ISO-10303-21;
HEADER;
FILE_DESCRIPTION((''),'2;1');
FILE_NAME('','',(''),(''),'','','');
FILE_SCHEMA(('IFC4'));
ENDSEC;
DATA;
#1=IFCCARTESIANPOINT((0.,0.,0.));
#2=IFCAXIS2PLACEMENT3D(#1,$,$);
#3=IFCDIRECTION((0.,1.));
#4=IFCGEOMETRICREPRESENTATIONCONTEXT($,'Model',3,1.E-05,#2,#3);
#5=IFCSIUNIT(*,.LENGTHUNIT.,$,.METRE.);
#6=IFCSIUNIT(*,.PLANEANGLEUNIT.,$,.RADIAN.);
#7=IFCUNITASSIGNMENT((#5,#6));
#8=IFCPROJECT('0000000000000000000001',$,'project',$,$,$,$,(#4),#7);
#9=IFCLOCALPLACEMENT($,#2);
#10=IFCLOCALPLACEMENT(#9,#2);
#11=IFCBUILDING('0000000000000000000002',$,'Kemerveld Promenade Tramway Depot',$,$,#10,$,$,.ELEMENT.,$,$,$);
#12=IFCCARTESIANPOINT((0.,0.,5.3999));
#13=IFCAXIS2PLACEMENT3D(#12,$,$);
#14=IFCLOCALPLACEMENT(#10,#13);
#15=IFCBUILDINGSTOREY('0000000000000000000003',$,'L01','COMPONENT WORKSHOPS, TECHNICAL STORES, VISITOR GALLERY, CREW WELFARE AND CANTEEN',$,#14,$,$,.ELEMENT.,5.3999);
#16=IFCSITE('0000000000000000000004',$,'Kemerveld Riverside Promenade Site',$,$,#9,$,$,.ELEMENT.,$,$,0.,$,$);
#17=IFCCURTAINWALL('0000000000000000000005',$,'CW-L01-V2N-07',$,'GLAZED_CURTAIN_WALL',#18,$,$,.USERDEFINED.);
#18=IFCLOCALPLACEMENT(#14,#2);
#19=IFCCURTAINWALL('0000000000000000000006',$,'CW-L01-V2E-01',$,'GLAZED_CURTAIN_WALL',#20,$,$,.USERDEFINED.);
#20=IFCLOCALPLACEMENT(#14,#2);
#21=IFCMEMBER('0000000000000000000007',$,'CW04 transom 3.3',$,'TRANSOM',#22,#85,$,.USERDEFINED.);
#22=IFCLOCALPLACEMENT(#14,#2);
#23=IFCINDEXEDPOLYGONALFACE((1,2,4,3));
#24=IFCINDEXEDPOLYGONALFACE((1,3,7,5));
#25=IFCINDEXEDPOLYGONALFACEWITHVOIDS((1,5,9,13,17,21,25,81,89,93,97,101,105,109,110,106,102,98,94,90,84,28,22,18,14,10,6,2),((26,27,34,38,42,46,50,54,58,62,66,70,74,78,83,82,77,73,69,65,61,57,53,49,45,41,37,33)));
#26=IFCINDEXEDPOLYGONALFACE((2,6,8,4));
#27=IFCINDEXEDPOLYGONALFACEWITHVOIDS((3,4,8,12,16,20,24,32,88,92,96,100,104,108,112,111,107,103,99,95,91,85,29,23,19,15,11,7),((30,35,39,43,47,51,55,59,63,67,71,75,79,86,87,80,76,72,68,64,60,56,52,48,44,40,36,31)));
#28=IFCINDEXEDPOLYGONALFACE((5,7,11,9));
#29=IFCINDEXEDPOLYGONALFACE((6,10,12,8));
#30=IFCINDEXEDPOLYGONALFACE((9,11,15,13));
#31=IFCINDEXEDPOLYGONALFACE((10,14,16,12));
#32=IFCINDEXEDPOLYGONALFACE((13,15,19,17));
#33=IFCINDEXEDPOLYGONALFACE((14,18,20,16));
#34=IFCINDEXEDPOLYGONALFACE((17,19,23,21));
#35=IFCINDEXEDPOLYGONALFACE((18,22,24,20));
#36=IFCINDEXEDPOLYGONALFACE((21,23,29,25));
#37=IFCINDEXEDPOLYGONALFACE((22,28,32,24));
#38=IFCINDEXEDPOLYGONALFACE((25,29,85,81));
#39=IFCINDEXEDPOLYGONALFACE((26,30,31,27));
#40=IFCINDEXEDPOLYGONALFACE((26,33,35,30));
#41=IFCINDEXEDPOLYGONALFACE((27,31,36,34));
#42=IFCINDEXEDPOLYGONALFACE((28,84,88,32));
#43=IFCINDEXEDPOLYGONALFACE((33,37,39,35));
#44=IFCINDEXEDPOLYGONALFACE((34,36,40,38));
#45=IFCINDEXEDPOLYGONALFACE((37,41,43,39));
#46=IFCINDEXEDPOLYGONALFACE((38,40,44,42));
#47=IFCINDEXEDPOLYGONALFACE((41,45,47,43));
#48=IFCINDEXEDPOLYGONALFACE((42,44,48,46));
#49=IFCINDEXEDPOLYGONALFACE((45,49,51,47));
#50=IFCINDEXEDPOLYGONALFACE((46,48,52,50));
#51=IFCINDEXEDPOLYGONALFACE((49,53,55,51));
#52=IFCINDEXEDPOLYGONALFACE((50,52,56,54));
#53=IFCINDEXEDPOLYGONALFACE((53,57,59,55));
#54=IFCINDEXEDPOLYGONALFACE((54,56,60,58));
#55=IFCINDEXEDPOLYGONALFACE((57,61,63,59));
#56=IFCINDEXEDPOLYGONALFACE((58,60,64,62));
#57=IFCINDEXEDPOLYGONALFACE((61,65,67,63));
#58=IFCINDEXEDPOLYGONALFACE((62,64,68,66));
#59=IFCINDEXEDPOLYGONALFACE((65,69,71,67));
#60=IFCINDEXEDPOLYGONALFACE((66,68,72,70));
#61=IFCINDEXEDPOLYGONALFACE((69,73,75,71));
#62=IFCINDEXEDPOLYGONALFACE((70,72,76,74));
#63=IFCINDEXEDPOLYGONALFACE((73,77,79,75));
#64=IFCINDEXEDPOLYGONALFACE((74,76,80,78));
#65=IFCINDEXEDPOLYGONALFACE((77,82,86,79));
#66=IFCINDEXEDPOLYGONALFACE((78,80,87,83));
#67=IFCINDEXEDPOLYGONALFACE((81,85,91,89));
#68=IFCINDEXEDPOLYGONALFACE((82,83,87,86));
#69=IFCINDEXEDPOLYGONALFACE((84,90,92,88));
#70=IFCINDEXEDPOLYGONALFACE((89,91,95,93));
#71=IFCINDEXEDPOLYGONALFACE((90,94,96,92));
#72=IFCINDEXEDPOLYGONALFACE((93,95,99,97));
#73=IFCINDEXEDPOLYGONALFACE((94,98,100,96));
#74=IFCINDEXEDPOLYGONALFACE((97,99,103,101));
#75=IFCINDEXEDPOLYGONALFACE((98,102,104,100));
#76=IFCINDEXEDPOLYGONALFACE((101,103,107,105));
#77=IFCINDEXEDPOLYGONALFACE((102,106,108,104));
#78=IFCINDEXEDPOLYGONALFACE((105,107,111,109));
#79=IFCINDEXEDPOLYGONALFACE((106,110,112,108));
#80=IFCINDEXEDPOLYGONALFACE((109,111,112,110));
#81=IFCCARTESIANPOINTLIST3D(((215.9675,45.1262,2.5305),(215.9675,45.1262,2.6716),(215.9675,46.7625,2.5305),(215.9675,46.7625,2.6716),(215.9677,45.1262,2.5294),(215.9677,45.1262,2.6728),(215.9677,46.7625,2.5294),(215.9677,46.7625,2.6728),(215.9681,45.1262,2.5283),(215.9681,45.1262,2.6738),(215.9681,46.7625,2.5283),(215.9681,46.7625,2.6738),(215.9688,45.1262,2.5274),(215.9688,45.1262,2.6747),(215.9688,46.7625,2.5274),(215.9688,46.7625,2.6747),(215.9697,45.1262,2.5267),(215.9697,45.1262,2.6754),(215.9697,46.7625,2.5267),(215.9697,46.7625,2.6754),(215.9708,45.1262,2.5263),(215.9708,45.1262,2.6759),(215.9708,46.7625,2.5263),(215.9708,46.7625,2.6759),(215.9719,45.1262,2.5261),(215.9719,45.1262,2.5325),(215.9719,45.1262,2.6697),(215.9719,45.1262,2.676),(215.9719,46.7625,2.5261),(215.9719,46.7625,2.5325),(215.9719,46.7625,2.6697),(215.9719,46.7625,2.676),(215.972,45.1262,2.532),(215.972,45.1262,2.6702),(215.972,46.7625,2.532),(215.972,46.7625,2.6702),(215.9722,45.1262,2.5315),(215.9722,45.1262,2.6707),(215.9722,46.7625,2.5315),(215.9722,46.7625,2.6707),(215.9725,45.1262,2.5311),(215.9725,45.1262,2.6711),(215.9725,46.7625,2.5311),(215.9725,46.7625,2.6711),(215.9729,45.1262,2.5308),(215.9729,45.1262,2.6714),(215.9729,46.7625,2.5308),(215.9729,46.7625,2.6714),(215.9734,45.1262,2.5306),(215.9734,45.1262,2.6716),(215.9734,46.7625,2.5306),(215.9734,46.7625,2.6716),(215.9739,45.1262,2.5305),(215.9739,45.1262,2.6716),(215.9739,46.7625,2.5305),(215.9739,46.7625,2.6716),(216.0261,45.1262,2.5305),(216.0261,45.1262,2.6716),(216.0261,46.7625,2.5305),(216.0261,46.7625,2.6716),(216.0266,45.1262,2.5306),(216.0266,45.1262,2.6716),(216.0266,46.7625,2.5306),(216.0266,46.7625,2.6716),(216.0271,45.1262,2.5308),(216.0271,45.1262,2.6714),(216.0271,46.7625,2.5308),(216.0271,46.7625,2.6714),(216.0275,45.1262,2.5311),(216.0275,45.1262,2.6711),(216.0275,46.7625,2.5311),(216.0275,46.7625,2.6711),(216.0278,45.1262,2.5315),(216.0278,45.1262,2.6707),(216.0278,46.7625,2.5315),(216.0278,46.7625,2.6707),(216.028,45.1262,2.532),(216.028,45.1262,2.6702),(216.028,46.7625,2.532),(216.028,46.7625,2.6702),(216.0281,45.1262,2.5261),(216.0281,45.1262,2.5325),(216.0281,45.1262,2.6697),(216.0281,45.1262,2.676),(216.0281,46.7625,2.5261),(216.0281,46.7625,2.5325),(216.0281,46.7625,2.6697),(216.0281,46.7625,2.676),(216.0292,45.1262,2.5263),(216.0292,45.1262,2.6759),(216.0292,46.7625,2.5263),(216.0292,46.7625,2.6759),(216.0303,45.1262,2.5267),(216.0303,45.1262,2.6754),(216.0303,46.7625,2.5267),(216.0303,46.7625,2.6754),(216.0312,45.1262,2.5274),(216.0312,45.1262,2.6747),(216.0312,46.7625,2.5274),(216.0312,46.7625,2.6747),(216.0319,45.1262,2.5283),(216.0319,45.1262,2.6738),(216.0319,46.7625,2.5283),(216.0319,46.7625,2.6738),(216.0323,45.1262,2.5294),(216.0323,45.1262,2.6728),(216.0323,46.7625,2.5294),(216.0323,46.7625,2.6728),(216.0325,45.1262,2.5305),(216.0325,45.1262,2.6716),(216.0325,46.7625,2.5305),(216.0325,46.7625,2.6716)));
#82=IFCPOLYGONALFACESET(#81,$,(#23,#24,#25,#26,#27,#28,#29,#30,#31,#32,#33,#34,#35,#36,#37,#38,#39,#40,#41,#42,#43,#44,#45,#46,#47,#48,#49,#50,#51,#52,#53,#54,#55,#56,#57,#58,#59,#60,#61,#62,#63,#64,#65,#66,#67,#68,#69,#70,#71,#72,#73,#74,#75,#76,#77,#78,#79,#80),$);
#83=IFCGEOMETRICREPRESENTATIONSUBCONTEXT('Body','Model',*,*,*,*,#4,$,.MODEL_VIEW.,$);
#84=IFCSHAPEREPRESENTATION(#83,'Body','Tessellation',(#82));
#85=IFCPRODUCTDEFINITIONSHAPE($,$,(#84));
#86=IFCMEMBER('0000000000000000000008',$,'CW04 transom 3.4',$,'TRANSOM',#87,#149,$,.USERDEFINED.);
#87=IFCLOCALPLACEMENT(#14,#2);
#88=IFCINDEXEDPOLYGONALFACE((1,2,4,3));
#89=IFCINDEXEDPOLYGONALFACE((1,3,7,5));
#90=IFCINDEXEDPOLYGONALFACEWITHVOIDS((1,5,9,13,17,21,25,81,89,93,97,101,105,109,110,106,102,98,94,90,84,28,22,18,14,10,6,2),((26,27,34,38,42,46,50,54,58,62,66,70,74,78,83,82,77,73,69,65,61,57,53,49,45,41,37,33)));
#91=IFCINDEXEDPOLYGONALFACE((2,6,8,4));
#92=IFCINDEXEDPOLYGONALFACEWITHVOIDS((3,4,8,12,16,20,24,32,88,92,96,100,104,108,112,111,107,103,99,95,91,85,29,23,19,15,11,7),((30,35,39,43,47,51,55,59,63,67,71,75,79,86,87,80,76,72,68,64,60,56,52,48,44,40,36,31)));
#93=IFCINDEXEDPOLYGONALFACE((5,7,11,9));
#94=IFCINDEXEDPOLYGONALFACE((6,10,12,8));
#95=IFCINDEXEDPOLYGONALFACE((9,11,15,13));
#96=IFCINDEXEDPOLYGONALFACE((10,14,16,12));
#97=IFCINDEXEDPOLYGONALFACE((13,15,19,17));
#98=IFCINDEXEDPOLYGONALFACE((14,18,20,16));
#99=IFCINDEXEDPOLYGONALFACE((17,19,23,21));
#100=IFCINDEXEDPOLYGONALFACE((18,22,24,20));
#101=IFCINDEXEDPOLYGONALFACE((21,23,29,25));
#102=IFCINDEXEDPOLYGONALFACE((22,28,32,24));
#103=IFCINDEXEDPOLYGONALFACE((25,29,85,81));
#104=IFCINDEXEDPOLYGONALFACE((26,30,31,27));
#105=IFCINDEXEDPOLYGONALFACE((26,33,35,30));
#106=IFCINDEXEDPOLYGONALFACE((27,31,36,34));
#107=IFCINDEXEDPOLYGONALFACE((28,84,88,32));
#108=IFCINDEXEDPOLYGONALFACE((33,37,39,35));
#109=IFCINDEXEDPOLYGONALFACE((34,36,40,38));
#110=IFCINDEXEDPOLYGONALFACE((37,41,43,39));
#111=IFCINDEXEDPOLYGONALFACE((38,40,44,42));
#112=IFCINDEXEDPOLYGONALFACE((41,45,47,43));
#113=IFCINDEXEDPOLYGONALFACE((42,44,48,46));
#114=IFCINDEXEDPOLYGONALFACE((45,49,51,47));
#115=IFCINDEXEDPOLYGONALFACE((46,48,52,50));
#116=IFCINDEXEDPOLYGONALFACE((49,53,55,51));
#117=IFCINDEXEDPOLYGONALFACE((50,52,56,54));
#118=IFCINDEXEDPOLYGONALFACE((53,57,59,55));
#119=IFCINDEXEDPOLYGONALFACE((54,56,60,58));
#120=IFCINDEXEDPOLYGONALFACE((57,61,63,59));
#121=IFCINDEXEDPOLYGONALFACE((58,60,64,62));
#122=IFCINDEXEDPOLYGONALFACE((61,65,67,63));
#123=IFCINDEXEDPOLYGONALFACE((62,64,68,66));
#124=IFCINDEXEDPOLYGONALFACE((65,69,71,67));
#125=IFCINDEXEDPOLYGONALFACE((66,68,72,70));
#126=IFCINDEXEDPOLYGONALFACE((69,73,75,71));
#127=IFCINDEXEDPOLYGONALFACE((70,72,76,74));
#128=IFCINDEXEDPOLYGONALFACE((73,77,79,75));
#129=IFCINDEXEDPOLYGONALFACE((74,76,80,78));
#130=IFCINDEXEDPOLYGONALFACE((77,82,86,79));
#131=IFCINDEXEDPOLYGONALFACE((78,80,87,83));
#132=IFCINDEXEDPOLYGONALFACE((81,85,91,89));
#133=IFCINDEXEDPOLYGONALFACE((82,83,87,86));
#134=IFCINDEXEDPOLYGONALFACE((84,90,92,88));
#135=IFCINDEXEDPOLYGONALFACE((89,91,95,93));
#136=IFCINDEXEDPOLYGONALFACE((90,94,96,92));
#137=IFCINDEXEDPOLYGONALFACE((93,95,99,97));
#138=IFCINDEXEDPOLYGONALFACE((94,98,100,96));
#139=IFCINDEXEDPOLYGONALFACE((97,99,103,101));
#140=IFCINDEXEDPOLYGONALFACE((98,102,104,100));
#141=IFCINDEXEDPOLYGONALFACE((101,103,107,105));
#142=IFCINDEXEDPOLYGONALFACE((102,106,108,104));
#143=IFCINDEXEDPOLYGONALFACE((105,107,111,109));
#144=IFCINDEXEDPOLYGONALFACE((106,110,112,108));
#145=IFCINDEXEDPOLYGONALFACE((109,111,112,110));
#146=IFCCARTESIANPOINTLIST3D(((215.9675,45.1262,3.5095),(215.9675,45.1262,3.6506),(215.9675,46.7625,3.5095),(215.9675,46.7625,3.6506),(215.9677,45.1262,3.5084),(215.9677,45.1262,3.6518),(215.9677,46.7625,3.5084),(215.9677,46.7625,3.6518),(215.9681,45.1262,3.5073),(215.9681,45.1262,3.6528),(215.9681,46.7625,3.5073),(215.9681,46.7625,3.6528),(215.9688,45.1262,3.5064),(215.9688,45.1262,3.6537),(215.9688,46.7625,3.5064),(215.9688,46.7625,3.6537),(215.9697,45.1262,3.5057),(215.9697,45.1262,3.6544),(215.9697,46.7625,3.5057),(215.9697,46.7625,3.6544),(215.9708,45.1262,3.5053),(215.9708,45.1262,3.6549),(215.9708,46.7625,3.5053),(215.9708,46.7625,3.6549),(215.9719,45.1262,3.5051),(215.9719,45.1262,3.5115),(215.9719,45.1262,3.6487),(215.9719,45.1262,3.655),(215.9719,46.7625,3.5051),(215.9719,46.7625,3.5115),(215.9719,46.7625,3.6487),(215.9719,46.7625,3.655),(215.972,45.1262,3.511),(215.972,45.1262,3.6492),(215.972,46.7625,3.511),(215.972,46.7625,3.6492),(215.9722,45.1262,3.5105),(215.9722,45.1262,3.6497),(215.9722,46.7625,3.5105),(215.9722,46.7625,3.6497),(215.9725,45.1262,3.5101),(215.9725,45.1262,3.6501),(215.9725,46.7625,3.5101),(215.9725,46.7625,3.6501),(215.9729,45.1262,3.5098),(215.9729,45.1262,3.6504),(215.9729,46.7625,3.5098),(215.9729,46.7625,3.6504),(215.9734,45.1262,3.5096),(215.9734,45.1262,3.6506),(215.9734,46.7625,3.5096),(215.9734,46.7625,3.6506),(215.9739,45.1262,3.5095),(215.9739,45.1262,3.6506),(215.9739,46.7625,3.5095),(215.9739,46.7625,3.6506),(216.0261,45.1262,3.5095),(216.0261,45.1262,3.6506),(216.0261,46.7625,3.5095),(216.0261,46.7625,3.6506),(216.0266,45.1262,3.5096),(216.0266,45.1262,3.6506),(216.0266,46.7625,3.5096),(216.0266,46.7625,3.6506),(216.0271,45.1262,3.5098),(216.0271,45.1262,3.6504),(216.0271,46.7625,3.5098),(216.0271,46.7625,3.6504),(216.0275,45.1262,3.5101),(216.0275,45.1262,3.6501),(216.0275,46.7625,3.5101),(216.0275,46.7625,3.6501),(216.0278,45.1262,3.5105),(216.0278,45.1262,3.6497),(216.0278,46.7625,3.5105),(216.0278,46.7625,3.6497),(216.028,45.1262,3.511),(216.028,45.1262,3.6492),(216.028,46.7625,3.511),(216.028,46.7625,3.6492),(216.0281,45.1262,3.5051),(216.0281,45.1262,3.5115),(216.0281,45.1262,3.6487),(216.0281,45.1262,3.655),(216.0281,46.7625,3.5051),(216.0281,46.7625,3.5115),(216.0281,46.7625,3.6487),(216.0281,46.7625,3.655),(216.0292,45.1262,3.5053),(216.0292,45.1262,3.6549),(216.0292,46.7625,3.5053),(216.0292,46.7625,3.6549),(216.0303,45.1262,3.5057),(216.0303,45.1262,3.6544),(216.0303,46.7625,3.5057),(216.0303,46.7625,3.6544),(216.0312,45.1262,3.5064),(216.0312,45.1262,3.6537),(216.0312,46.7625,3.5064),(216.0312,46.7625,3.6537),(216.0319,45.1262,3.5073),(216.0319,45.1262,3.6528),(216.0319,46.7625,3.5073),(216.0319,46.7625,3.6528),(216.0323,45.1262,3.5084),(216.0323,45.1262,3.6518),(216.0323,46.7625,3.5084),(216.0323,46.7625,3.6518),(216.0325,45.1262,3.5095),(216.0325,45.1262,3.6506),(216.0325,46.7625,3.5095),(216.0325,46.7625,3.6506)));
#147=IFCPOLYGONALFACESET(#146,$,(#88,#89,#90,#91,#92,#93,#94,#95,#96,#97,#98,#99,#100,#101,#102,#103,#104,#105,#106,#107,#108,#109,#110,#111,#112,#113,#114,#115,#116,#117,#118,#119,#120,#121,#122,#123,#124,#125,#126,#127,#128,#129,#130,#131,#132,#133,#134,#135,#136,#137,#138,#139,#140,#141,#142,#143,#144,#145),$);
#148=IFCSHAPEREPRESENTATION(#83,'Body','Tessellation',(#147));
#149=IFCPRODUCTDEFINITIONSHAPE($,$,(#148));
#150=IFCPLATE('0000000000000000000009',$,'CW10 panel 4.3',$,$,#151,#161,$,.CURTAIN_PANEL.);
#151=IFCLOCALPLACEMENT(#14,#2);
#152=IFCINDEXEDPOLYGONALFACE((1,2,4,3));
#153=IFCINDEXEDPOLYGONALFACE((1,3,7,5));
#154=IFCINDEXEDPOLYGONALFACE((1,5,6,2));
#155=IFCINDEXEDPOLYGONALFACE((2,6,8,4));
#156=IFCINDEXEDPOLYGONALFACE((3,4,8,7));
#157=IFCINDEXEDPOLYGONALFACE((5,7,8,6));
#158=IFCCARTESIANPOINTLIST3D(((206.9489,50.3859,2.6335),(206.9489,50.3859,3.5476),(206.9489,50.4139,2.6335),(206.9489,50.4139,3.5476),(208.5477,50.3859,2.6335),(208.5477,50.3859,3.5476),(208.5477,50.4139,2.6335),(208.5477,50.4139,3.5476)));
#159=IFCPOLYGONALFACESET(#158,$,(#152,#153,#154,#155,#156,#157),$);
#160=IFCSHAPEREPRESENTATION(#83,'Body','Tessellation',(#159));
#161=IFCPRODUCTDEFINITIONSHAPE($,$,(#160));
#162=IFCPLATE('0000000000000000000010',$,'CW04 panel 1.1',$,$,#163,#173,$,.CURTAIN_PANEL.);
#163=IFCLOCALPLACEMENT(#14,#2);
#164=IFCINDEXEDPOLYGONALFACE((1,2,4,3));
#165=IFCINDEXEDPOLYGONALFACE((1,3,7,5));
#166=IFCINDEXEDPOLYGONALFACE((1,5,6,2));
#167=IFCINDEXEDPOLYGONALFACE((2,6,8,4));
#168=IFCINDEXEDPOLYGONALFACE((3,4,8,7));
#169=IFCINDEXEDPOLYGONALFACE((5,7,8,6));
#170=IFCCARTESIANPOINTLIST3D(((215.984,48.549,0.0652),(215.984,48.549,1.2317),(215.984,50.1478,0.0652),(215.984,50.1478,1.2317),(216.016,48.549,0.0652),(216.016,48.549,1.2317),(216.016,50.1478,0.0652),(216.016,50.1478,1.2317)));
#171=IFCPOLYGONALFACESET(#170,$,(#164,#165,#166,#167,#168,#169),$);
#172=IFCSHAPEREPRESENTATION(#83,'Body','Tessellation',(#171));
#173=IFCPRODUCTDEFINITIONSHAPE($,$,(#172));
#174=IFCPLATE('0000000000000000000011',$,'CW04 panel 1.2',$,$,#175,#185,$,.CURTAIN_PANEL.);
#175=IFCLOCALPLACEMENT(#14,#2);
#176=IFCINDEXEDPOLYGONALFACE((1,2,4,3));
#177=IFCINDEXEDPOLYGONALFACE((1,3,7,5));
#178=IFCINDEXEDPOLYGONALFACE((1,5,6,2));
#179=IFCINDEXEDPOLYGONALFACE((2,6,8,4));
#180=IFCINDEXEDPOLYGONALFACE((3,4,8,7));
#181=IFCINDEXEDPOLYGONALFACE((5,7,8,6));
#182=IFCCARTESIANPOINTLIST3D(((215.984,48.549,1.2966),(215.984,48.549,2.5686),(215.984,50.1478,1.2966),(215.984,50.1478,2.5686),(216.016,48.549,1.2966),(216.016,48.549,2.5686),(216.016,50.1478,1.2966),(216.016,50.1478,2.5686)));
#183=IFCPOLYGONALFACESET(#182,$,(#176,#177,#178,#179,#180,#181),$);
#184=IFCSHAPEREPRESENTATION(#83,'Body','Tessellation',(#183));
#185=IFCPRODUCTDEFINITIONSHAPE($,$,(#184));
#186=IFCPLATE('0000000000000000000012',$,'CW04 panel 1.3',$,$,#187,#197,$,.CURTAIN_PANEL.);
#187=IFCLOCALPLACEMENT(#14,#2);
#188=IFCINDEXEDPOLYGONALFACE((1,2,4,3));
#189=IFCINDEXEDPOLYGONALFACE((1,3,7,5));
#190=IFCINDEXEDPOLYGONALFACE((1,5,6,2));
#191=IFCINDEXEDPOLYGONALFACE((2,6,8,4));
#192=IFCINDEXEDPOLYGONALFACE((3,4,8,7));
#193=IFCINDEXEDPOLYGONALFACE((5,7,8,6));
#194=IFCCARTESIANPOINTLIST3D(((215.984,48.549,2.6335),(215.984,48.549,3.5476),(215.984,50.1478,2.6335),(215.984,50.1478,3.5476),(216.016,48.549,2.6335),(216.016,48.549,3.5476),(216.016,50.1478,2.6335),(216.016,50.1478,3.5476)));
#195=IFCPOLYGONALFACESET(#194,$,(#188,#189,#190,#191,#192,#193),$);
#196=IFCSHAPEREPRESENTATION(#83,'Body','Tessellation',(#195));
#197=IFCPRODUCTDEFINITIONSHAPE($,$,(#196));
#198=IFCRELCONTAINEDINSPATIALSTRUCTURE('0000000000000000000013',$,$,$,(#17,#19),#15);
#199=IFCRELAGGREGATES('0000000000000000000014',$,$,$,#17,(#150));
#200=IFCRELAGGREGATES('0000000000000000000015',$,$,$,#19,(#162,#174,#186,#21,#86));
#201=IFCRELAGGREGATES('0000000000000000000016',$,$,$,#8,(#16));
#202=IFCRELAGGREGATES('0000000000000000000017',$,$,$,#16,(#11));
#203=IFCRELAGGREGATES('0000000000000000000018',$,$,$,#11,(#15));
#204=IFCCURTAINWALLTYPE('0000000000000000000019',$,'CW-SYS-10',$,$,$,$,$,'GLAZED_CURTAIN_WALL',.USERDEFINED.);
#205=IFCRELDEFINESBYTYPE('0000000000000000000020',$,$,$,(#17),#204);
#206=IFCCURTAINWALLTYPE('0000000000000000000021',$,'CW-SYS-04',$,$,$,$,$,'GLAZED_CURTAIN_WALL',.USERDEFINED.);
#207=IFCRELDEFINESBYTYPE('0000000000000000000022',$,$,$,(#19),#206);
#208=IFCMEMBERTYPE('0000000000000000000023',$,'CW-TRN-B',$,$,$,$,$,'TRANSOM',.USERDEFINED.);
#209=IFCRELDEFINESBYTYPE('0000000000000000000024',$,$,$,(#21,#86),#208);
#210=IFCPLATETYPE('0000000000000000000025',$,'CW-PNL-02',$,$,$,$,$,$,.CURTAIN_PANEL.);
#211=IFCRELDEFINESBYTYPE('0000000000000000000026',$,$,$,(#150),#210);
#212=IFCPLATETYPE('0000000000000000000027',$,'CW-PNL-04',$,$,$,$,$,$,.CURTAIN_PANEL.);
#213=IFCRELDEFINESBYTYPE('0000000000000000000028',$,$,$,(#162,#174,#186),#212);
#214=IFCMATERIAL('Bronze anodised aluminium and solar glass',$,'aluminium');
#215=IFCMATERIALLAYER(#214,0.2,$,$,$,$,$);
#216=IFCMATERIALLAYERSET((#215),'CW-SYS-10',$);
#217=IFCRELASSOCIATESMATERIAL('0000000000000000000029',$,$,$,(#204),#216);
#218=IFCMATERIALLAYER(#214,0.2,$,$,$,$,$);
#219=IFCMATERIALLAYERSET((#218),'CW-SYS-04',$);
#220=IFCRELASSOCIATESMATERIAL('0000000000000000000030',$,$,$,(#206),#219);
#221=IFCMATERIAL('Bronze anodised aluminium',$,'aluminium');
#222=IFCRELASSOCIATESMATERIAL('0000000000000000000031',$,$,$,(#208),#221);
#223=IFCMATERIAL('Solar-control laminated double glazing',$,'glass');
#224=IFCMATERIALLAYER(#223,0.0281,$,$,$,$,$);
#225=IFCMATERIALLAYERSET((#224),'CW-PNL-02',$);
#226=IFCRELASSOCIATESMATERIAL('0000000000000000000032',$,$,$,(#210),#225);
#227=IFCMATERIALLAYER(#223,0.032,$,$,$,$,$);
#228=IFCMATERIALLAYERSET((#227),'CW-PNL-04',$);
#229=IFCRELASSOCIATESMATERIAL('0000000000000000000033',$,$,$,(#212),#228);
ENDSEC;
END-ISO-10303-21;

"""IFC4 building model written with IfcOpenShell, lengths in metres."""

from ifc_helpers import new_model, si_unit, direction, frame, origin, origin_2d, place, context, subcontext, project, spatial, rectangle, hollow_rectangle, extrude, material, layer, layer_set, material_profile, profile_set, type_object, element, aggregate, save


model = new_model("IFC4")

# Units and contexts
model_context = context("Model", 3, precision=1e-05, world=origin(), true_north=direction((0.0, 1.0)))
body_context = subcontext(model_context, "Body", "Model", "MODEL_VIEW")
ifc_project = project(units=[si_unit("LENGTHUNIT", "METRE"), si_unit("PLANEANGLEUNIT", "RADIAN")], contexts=[model_context])

# Site, building, storey
site_placement = place(None, origin())
site = spatial("IfcSite", under=ifc_project, at=site_placement, Name="Kemerveld Riverside Promenade Site", CompositionType="ELEMENT", RefElevation=0.0)
building_placement = place(site_placement, origin())
building = spatial("IfcBuilding", under=site, at=building_placement, Name="Kemerveld Promenade Tramway Depot", CompositionType="ELEMENT")
storey_placement = place(building_placement, frame((0.0, 0.0, 5.3999)))
storey = spatial("IfcBuildingStorey", under=building, at=storey_placement, Name="L01", Description="COMPONENT WORKSHOPS, TECHNICAL STORES, VISITOR GALLERY, CREW WELFARE AND CANTEEN", CompositionType="ELEMENT", Elevation=5.3999)

# Curtain wall
ifc_material_1 = material(Name="Bronze anodised aluminium and solar glass", Category="aluminium")
ifc_layer_1 = layer(ifc_material_1, 0.2)
ifc_layer_set_1 = layer_set([ifc_layer_1], Name="CW-SYS-10")
curtain_wall_type_1 = type_object("IfcCurtainWallType", Name="CW-SYS-10", ElementType="GLAZED_CURTAIN_WALL", PredefinedType="USERDEFINED", material=ifc_layer_set_1)
curtain_wall_1_placement = place(storey_placement, origin())
curtain_wall_1 = element("IfcCurtainWall", 1, at=curtain_wall_1_placement, inside=storey, type_object=curtain_wall_type_1, Name="CW-L01-V2N-07", ObjectType="GLAZED_CURTAIN_WALL", PredefinedType="USERDEFINED")
ifc_material_2 = material(Name="Bronze anodised aluminium", Category="aluminium")

# Curtain wall, members
ifc_layer_2 = layer(ifc_material_1, 0.2)
ifc_layer_set_2 = layer_set([ifc_layer_2], Name="CW-SYS-04")
curtain_wall_type_2 = type_object("IfcCurtainWallType", Name="CW-SYS-04", ElementType="GLAZED_CURTAIN_WALL", PredefinedType="USERDEFINED", material=ifc_layer_set_2)
curtain_wall_2_placement = place(storey_placement, origin())
curtain_wall_2 = element("IfcCurtainWall", 2, at=curtain_wall_2_placement, inside=storey, type_object=curtain_wall_type_2, Name="CW-L01-V2E-01", ObjectType="GLAZED_CURTAIN_WALL", PredefinedType="USERDEFINED")
ifc_material_profile_1 = material_profile(ifc_material_2, hollow_rectangle(XDim=0.0649, YDim=0.1499, WallThickness=0.0044, InnerFilletRadius=0.002, OuterFilletRadius=0.0044, at=origin_2d()), Name="CW-TRN-150x65")
ifc_profile_set_1 = profile_set([ifc_material_profile_1], Name="Bronze anodised aluminium")
member_type_1 = type_object("IfcMemberType", Name="CW-TRN-B", ElementType="TRANSOM", PredefinedType="USERDEFINED", material=ifc_profile_set_1)
member_1_placement = place(storey_placement, frame((216.0, 46.7625, 2.6011), z_axis=(0.0, -1.0, 0.0), x_axis=(1.0, 0.0, 0.0)))
member_1 = element("IfcMember", 3, at=member_1_placement, type_object=member_type_1, Name="CW04 transom 3.3", ObjectType="TRANSOM", PredefinedType="USERDEFINED", context=body_context, shape_type="SweptSolid", body=[
    extrude(hollow_rectangle(XDim=0.0649, YDim=0.1499, WallThickness=0.0044, InnerFilletRadius=0.002, OuterFilletRadius=0.0044, at=origin_2d()), origin(), (0.0, 0.0, 1.0), 1.6362),
])
member_2_placement = place(storey_placement, frame((216.0, 46.7625, 3.5801), z_axis=(0.0, -1.0, 0.0), x_axis=(1.0, 0.0, 0.0)))
member_2 = element("IfcMember", 4, at=member_2_placement, type_object=member_type_1, Name="CW04 transom 3.4", ObjectType="TRANSOM", PredefinedType="USERDEFINED", context=body_context, shape_type="SweptSolid", body=[
    extrude(hollow_rectangle(XDim=0.0649, YDim=0.1499, WallThickness=0.0044, InnerFilletRadius=0.002, OuterFilletRadius=0.0044, at=origin_2d()), origin(), (0.0, 0.0, 1.0), 1.6362),
])

# Plates
ifc_material_3 = material(Name="Solar-control laminated double glazing", Category="glass")
ifc_layer_3 = layer(ifc_material_3, 0.0281)
ifc_layer_set_3 = layer_set([ifc_layer_3], Name="CW-PNL-02")
plate_type_1 = type_object("IfcPlateType", Name="CW-PNL-02", PredefinedType="CURTAIN_PANEL", material=ifc_layer_set_3)
plate_1_placement = place(storey_placement, frame((207.7483, 50.3999, 2.6335), z_axis=(0.0, 0.0, 1.0), x_axis=(1.0, 0.0, 0.0)))
plate_1 = element("IfcPlate", 5, at=plate_1_placement, type_object=plate_type_1, Name="CW10 panel 4.3", PredefinedType="CURTAIN_PANEL", context=body_context, shape_type="SweptSolid", body=[
    extrude(rectangle(XDim=1.5989, YDim=0.0281, at=origin_2d()), origin(), (0.0, 0.0, 1.0), 0.9141),
])
aggregate(curtain_wall_1, [plate_1])
ifc_layer_4 = layer(ifc_material_3, 0.032)
ifc_layer_set_4 = layer_set([ifc_layer_4], Name="CW-PNL-04")
plate_type_2 = type_object("IfcPlateType", Name="CW-PNL-04", PredefinedType="CURTAIN_PANEL", material=ifc_layer_set_4)
plate_2_placement = place(storey_placement, frame((216.0, 49.3484, 0.0652), z_axis=(0.0, 0.0, 1.0), x_axis=(0.0, -1.0, 0.0)))
plate_2 = element("IfcPlate", 6, at=plate_2_placement, type_object=plate_type_2, Name="CW04 panel 1.1", PredefinedType="CURTAIN_PANEL", context=body_context, shape_type="SweptSolid", body=[
    extrude(rectangle(XDim=1.5989, YDim=0.032, at=origin_2d()), origin(), (0.0, 0.0, 1.0), 1.1665),
])
plate_3_placement = place(storey_placement, frame((216.0, 49.3484, 1.2966), z_axis=(0.0, 0.0, 1.0), x_axis=(0.0, -1.0, 0.0)))
plate_3 = element("IfcPlate", 7, at=plate_3_placement, type_object=plate_type_2, Name="CW04 panel 1.2", PredefinedType="CURTAIN_PANEL", context=body_context, shape_type="SweptSolid", body=[
    extrude(rectangle(XDim=1.5989, YDim=0.032, at=origin_2d()), origin(), (0.0, 0.0, 1.0), 1.272),
])
plate_4_placement = place(storey_placement, frame((216.0, 49.3484, 2.6335), z_axis=(0.0, 0.0, 1.0), x_axis=(0.0, -1.0, 0.0)))
plate_4 = element("IfcPlate", 8, at=plate_4_placement, type_object=plate_type_2, Name="CW04 panel 1.3", PredefinedType="CURTAIN_PANEL", context=body_context, shape_type="SweptSolid", body=[
    extrude(rectangle(XDim=1.5989, YDim=0.032, at=origin_2d()), origin(), (0.0, 0.0, 1.0), 0.9141),
])
aggregate(curtain_wall_2, [plate_2, plate_3, plate_4, member_1, member_2])

save(model, "model.ifc")
